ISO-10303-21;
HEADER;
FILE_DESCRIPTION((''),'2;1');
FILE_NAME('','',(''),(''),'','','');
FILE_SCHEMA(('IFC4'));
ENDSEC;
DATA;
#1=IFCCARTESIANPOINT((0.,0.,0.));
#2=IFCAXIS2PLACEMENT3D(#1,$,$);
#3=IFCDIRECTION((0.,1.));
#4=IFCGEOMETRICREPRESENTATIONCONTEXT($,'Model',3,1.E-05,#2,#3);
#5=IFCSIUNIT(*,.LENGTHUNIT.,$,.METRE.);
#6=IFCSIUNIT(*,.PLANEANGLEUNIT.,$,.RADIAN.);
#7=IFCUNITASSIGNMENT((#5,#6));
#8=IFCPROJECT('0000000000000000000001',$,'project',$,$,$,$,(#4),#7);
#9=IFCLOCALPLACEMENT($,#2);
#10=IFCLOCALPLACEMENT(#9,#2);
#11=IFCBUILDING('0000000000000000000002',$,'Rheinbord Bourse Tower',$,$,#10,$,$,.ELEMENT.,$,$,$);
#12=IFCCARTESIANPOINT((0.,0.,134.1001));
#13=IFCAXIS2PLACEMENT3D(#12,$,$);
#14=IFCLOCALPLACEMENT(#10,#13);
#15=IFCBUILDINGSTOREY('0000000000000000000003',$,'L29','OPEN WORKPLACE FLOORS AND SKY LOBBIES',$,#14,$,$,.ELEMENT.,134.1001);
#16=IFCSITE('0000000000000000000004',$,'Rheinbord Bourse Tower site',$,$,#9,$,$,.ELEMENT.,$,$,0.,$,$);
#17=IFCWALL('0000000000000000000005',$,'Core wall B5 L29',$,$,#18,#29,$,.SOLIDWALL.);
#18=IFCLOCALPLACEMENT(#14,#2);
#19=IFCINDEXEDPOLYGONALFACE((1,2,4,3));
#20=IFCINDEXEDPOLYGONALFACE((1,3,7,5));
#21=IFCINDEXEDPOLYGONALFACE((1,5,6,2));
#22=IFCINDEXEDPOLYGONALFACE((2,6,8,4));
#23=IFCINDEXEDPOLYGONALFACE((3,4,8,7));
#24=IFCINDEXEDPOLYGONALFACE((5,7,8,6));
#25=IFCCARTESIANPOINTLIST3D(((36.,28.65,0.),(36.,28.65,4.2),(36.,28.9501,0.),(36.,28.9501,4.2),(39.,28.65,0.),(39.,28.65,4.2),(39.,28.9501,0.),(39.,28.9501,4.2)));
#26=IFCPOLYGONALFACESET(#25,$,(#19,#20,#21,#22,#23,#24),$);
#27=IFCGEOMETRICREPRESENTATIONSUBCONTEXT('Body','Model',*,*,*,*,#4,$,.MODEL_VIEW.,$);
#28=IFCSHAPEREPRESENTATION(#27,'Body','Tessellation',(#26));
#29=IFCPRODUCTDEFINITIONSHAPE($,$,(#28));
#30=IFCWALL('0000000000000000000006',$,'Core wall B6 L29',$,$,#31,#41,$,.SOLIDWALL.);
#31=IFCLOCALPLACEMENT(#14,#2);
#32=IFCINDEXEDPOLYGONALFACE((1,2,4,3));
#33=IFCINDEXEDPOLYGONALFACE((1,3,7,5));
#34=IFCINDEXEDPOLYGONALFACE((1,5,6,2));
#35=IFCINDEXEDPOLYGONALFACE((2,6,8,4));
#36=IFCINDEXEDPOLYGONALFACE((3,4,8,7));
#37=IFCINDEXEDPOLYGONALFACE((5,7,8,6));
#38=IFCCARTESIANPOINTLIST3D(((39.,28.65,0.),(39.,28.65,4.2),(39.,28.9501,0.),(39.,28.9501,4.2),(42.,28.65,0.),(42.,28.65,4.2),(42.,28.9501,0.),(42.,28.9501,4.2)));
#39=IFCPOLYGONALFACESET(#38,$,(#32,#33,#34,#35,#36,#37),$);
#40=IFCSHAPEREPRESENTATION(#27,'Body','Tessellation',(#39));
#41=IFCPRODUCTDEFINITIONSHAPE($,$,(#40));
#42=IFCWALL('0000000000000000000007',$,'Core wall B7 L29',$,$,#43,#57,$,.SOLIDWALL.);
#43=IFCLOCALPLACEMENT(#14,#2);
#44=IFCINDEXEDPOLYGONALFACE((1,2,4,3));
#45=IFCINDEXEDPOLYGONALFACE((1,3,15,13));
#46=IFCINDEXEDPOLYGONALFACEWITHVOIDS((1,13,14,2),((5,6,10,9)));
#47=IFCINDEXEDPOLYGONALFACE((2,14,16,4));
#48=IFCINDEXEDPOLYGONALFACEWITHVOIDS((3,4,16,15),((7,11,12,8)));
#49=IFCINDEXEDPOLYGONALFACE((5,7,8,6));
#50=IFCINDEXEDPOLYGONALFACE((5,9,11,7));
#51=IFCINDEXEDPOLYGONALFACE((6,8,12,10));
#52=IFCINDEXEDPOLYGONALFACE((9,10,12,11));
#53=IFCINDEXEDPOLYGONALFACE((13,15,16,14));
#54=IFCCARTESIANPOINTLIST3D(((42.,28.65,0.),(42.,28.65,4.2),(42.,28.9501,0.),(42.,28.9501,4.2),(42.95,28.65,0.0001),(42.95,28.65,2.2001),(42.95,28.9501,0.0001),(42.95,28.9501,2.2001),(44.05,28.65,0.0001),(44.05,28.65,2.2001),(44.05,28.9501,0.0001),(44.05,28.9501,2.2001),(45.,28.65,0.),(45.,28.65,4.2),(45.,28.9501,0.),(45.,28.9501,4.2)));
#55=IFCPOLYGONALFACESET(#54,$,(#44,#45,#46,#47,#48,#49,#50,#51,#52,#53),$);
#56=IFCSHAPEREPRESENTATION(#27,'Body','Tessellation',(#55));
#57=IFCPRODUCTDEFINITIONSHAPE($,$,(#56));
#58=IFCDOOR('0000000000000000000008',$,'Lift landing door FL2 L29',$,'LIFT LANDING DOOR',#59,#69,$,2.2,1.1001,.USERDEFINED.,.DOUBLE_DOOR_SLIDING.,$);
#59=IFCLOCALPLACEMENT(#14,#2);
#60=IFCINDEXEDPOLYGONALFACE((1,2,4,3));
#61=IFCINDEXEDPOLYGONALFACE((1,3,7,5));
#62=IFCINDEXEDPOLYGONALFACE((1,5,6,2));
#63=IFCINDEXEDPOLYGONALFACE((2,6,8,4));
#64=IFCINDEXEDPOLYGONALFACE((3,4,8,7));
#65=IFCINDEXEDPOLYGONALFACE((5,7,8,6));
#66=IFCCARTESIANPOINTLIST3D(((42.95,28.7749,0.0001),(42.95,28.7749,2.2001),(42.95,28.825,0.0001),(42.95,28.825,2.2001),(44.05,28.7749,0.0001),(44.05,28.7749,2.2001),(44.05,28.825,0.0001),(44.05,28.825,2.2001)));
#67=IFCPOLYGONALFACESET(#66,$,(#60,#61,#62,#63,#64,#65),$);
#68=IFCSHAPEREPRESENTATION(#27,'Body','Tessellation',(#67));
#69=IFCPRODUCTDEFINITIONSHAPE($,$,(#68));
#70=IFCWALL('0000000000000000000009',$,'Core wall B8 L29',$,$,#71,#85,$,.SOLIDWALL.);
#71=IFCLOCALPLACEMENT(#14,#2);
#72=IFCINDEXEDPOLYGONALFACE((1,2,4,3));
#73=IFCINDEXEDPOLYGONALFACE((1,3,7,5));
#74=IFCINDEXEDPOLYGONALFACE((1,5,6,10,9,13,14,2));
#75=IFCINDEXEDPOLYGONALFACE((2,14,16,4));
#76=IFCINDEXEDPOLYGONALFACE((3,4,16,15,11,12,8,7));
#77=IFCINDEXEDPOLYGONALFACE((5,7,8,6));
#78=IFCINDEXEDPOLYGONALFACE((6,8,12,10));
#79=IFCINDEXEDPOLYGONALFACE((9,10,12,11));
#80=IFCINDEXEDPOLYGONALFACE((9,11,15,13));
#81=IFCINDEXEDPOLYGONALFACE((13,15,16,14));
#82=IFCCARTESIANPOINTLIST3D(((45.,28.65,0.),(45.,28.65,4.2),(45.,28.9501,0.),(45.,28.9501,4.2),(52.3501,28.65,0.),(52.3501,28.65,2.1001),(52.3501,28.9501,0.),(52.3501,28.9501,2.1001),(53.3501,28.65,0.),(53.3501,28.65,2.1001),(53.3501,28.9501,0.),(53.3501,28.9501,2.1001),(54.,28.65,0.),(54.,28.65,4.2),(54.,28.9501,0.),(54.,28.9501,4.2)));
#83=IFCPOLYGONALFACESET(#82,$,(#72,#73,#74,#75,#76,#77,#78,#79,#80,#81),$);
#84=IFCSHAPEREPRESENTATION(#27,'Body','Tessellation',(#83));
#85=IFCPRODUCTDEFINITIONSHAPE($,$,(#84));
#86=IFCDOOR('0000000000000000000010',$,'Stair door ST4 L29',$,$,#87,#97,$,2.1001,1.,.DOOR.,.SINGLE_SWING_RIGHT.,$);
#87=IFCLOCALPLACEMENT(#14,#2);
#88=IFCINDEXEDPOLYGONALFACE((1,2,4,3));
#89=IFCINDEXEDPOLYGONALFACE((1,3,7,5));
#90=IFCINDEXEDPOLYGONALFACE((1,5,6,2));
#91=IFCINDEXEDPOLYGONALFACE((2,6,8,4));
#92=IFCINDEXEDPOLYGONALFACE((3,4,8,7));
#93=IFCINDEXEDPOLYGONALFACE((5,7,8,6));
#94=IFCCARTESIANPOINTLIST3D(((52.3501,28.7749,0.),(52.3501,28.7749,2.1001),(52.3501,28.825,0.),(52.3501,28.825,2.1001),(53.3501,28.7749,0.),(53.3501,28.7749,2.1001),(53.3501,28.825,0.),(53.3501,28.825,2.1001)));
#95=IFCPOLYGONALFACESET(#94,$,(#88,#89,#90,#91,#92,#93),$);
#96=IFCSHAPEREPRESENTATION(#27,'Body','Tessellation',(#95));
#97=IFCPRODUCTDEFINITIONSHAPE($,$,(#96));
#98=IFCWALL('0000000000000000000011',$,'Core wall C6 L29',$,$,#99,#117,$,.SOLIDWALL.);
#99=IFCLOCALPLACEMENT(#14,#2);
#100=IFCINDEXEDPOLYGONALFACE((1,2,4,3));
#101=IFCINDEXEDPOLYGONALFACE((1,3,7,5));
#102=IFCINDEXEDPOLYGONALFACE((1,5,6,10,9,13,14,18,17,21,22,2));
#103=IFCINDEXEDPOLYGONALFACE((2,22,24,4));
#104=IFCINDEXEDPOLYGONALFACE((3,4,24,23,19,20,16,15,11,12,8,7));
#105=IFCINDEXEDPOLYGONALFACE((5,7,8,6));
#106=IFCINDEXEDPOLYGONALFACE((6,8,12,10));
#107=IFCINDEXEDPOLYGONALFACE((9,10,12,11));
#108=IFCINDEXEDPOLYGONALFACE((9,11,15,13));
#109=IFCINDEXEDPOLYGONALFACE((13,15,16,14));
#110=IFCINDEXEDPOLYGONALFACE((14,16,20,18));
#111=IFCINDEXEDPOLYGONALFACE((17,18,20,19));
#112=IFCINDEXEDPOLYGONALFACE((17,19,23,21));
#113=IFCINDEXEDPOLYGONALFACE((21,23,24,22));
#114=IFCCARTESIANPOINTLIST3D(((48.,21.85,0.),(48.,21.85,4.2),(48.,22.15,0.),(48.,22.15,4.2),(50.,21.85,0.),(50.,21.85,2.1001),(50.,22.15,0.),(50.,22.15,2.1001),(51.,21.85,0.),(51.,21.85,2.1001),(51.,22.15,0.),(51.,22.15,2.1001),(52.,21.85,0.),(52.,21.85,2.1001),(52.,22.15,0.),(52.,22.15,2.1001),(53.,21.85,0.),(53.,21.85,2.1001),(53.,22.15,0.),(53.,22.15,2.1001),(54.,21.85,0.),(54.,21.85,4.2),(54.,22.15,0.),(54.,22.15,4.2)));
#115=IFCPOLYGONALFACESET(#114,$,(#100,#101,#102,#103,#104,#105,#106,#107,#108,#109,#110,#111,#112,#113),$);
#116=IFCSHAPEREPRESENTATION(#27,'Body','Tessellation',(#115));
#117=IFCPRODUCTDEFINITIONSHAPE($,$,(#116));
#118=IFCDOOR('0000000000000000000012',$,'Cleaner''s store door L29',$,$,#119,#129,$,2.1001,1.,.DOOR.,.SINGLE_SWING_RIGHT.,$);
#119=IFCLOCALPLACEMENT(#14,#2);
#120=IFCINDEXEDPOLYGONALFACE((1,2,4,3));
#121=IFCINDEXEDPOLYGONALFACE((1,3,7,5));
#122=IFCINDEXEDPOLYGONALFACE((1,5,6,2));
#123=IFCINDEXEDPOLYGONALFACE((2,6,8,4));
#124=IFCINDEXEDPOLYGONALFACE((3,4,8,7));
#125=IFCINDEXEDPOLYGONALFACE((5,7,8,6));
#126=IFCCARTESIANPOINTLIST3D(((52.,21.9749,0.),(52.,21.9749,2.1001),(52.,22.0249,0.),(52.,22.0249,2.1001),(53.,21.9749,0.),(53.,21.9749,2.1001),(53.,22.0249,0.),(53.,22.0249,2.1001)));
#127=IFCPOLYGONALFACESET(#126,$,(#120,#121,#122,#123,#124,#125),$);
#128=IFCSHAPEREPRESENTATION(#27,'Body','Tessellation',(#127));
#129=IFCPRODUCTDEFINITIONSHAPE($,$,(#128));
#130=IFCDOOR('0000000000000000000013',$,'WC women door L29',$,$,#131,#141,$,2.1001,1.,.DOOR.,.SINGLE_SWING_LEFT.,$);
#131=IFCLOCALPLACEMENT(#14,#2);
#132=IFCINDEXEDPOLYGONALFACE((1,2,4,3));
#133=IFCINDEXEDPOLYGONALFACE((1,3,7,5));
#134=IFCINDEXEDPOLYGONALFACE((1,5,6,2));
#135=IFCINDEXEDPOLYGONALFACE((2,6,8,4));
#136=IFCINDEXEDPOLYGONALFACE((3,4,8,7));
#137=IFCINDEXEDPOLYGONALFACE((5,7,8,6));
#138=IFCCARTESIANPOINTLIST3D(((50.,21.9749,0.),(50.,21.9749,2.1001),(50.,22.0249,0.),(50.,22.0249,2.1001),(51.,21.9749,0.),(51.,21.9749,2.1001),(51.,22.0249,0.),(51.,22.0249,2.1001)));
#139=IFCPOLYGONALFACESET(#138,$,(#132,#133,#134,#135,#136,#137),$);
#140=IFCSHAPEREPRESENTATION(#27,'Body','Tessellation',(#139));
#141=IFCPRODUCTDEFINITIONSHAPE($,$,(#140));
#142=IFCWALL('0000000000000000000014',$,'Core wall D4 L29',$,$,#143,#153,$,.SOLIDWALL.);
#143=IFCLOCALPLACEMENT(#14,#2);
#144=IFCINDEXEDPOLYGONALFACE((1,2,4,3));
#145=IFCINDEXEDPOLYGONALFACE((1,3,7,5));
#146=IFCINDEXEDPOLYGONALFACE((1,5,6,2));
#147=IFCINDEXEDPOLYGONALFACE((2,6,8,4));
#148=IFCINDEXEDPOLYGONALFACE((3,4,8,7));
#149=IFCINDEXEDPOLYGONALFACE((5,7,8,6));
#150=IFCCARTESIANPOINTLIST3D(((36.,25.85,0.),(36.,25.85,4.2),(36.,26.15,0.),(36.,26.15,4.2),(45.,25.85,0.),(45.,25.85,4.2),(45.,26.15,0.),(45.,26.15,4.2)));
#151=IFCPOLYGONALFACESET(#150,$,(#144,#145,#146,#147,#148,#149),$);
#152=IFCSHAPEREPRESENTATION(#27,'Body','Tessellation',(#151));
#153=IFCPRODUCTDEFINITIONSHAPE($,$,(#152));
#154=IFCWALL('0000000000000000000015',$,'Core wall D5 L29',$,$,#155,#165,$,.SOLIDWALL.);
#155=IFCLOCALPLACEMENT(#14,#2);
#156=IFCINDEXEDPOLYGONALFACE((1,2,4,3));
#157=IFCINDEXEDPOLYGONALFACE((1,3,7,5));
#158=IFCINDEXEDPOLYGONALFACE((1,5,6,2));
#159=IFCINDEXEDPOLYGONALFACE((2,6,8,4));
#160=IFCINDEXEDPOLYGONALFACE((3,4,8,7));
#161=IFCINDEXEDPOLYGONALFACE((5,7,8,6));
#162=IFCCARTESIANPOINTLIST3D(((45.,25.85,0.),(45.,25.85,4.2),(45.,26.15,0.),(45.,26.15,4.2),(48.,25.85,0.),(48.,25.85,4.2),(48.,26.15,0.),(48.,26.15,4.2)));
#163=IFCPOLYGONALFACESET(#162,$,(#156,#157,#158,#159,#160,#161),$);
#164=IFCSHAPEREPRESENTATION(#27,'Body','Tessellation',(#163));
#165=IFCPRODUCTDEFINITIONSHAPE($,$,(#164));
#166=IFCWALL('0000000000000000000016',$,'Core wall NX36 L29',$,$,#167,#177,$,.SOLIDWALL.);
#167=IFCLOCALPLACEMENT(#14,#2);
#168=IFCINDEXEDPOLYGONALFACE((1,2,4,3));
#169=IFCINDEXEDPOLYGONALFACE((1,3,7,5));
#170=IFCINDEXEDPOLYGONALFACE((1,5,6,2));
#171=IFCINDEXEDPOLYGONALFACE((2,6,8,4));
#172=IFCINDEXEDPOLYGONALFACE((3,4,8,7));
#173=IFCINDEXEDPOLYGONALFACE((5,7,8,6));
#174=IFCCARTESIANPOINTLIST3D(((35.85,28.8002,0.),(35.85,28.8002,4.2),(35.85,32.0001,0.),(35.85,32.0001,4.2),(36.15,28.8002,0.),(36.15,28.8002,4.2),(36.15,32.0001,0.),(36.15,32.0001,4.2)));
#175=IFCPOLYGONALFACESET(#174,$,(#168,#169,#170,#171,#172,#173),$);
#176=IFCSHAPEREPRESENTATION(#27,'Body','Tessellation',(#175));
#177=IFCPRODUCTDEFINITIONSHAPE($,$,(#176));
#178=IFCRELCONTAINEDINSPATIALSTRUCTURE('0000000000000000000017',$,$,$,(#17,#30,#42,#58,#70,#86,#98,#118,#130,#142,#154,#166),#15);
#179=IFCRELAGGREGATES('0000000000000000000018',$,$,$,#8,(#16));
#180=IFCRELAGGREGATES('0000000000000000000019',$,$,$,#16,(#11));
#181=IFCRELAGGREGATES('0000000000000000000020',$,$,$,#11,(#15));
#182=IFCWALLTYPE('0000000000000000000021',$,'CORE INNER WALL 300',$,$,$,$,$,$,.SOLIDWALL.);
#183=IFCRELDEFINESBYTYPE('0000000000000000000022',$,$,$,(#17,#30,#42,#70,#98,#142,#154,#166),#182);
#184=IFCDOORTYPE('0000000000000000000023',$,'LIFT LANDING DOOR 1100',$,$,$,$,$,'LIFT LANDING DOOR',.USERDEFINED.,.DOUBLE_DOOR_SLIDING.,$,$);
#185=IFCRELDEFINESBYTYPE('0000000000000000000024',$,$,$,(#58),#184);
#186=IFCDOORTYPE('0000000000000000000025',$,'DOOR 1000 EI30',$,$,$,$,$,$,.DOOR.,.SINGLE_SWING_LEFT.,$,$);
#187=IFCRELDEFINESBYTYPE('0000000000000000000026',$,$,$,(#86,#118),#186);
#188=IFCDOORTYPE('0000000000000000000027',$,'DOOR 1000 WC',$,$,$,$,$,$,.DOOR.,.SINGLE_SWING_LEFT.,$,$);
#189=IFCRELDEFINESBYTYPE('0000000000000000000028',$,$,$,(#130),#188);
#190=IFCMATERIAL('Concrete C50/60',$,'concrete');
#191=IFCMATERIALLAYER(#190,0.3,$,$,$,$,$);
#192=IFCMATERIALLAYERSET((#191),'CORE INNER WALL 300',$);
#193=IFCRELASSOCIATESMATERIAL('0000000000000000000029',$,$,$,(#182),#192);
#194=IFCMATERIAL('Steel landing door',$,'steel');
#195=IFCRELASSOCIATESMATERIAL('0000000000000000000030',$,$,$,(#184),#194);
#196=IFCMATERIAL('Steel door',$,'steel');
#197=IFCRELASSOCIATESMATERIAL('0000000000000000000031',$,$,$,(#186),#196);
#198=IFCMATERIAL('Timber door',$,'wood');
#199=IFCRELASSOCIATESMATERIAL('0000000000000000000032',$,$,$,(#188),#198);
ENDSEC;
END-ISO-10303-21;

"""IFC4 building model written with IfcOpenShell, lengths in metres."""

from ifc_helpers import new_model, si_unit, direction, frame, frame_2d, origin, place, context, subcontext, project, spatial, rectangle, extrude, material, layer, layer_set, type_object, element, fill, save


model = new_model("IFC4")

# Units and contexts
model_context = context("Model", 3, precision=1e-05, world=origin(), true_north=direction((0.0, 1.0)))
body_context = subcontext(model_context, "Body", "Model", "MODEL_VIEW")
ifc_project = project(units=[si_unit("LENGTHUNIT", "METRE"), si_unit("PLANEANGLEUNIT", "RADIAN")], contexts=[model_context])

# Site, building, storey
site_placement = place(None, origin())
site = spatial("IfcSite", under=ifc_project, at=site_placement, Name="Rheinbord Bourse Tower site", CompositionType="ELEMENT", RefElevation=0.0)
building_placement = place(site_placement, origin())
building = spatial("IfcBuilding", under=site, at=building_placement, Name="Rheinbord Bourse Tower", CompositionType="ELEMENT")
storey_placement = place(building_placement, frame((0.0, 0.0, 134.1001)))
storey = spatial("IfcBuildingStorey", under=building, at=storey_placement, Name="L29", Description="OPEN WORKPLACE FLOORS AND SKY LOBBIES", CompositionType="ELEMENT", Elevation=134.1001)

# Walls
ifc_material_1 = material(Name="Concrete C50/60", Category="concrete")
ifc_layer_1 = layer(ifc_material_1, 0.3)
ifc_layer_set_1 = layer_set([ifc_layer_1], Name="CORE INNER WALL 300")
wall_type_1 = type_object("IfcWallType", Name="CORE INNER WALL 300", PredefinedType="SOLIDWALL", material=ifc_layer_set_1)
for number, where, z_axis, x_axis, name in (
    (1, (36.0, 28.8, 0.0), (0.0, 0.0, 1.0), (1.0, 0.0, 0.0), "Core wall B5 L29"),
    (2, (39.0, 28.8, 0.0), (0.0, 0.0, 1.0), (1.0, 0.0, 0.0), "Core wall B6 L29"),
):
    element("IfcWall", number, at=place(storey_placement, frame(where, z_axis=z_axis, x_axis=x_axis)), inside=storey, type_object=wall_type_1, Name=name, PredefinedType="SOLIDWALL", context=body_context, shape_type="SweptSolid", body=[
        extrude(rectangle(XDim=3.0, YDim=0.3, at=frame_2d((1.5, 0.0))), origin(), (0.0, 0.0, 1.0), 4.2),
    ])

# Walls, openings, doors
wall_1_placement = place(storey_placement, frame((42.0, 28.8, 0.0), z_axis=(0.0, 0.0, 1.0), x_axis=(1.0, 0.0, 0.0)))
wall_1 = element("IfcWall", 3, at=wall_1_placement, inside=storey, type_object=wall_type_1, Name="Core wall B7 L29", PredefinedType="SOLIDWALL", context=body_context, shape_type="SweptSolid", body=[
    extrude(rectangle(XDim=3.0, YDim=0.3, at=frame_2d((1.5, 0.0))), origin(), (0.0, 0.0, 1.0), 4.2),
])
opening_1_placement = place(wall_1_placement, frame((0.95, 0.0, 0.0)))
opening_1 = element("IfcOpeningElement", 4, at=opening_1_placement, cuts=wall_1, PredefinedType="OPENING", context=body_context, shape_type="SweptSolid", body=[
    extrude(rectangle(XDim=1.1001, YDim=2.2, at=frame_2d((0.55, 1.1001))), frame((0.0, 0.1599, 0.0), z_axis=(0.0, -1.0, 0.0), x_axis=(1.0, 0.0, 0.0)), (0.0, 0.0, 1.0), 0.3201),
])
ifc_material_2 = material(Name="Steel landing door", Category="steel")
door_type_1 = type_object("IfcDoorType", Name="LIFT LANDING DOOR 1100", ElementType="LIFT LANDING DOOR", OperationType="DOUBLE_DOOR_SLIDING", PredefinedType="USERDEFINED", material=ifc_material_2)
door_1_placement = place(opening_1_placement, origin())
door_1 = element("IfcDoor", 5, at=door_1_placement, inside=storey, type_object=door_type_1, Name="Lift landing door FL2 L29", ObjectType="LIFT LANDING DOOR", OperationType="DOUBLE_DOOR_SLIDING", OverallHeight=2.2, OverallWidth=1.1001, PredefinedType="USERDEFINED", context=body_context, shape_type="SweptSolid", body=[
    extrude(rectangle(XDim=1.1001, YDim=2.2, at=frame_2d((0.55, 1.1001))), frame((0.0, 0.0249, 0.0), z_axis=(0.0, -1.0, 0.0), x_axis=(1.0, 0.0, 0.0)), (0.0, 0.0, 1.0), 0.05),
])
fill(opening_1, door_1)
wall_2_placement = place(storey_placement, frame((45.0, 28.8, 0.0), z_axis=(0.0, 0.0, 1.0), x_axis=(1.0, 0.0, 0.0)))
wall_2 = element("IfcWall", 6, at=wall_2_placement, inside=storey, type_object=wall_type_1, Name="Core wall B8 L29", PredefinedType="SOLIDWALL", context=body_context, shape_type="SweptSolid", body=[
    extrude(rectangle(XDim=9.0, YDim=0.3, at=frame_2d((4.5, 0.0))), origin(), (0.0, 0.0, 1.0), 4.2),
])
opening_2_placement = place(wall_2_placement, frame((7.3501, 0.0, 0.0)))
opening_2 = element("IfcOpeningElement", 7, at=opening_2_placement, cuts=wall_2, PredefinedType="OPENING", context=body_context, shape_type="SweptSolid", body=[
    extrude(rectangle(XDim=1.0, YDim=2.1001, at=frame_2d((0.5, 1.05))), frame((0.0, 0.1599, 0.0), z_axis=(0.0, -1.0, 0.0), x_axis=(1.0, 0.0, 0.0)), (0.0, 0.0, 1.0), 0.3201),
])
ifc_material_3 = material(Name="Steel door", Category="steel")
door_type_2 = type_object("IfcDoorType", Name="DOOR 1000 EI30", OperationType="SINGLE_SWING_LEFT", PredefinedType="DOOR", material=ifc_material_3)
door_2_placement = place(opening_2_placement, origin())
door_2 = element("IfcDoor", 8, at=door_2_placement, inside=storey, type_object=door_type_2, Name="Stair door ST4 L29", OperationType="SINGLE_SWING_RIGHT", OverallHeight=2.1001, OverallWidth=1.0, PredefinedType="DOOR", context=body_context, shape_type="SweptSolid", body=[
    extrude(rectangle(XDim=1.0, YDim=2.1001, at=frame_2d((0.5, 1.05))), frame((0.0, 0.0249, 0.0), z_axis=(0.0, -1.0, 0.0), x_axis=(1.0, 0.0, 0.0)), (0.0, 0.0, 1.0), 0.05),
])
fill(opening_2, door_2)

# Wall, openings, doors
wall_3_placement = place(storey_placement, frame((48.0, 22.0, 0.0), z_axis=(0.0, 0.0, 1.0), x_axis=(1.0, 0.0, 0.0)))
wall_3 = element("IfcWall", 9, at=wall_3_placement, inside=storey, type_object=wall_type_1, Name="Core wall C6 L29", PredefinedType="SOLIDWALL", context=body_context, shape_type="SweptSolid", body=[
    extrude(rectangle(XDim=6.0, YDim=0.3, at=frame_2d((3.0, 0.0))), origin(), (0.0, 0.0, 1.0), 4.2),
])
opening_3_placement = place(wall_3_placement, frame((2.0, 0.0, 0.0)))
opening_3 = element("IfcOpeningElement", 10, at=opening_3_placement, cuts=wall_3, PredefinedType="OPENING", context=body_context, shape_type="SweptSolid", body=[
    extrude(rectangle(XDim=1.0, YDim=2.1001, at=frame_2d((0.5, 1.05))), frame((0.0, 0.1599, 0.0), z_axis=(0.0, -1.0, 0.0), x_axis=(1.0, 0.0, 0.0)), (0.0, 0.0, 1.0), 0.3201),
])
opening_4_placement = place(wall_3_placement, frame((4.0, 0.0, 0.0)))
opening_4 = element("IfcOpeningElement", 11, at=opening_4_placement, cuts=wall_3, PredefinedType="OPENING", context=body_context, shape_type="SweptSolid", body=[
    extrude(rectangle(XDim=1.0, YDim=2.1001, at=frame_2d((0.5, 1.05))), frame((0.0, 0.1599, 0.0), z_axis=(0.0, -1.0, 0.0), x_axis=(1.0, 0.0, 0.0)), (0.0, 0.0, 1.0), 0.3201),
])
door_3_placement = place(opening_4_placement, origin())
door_3 = element("IfcDoor", 12, at=door_3_placement, inside=storey, type_object=door_type_2, Name="Cleaner's store door L29", OperationType="SINGLE_SWING_RIGHT", OverallHeight=2.1001, OverallWidth=1.0, PredefinedType="DOOR", context=body_context, shape_type="SweptSolid", body=[
    extrude(rectangle(XDim=1.0, YDim=2.1001, at=frame_2d((0.5, 1.05))), frame((0.0, 0.0249, 0.0), z_axis=(0.0, -1.0, 0.0), x_axis=(1.0, 0.0, 0.0)), (0.0, 0.0, 1.0), 0.05),
])
fill(opening_4, door_3)
ifc_material_4 = material(Name="Timber door", Category="wood")
door_type_3 = type_object("IfcDoorType", Name="DOOR 1000 WC", OperationType="SINGLE_SWING_LEFT", PredefinedType="DOOR", material=ifc_material_4)
door_4_placement = place(opening_3_placement, origin())
door_4 = element("IfcDoor", 13, at=door_4_placement, inside=storey, type_object=door_type_3, Name="WC women door L29", OperationType="SINGLE_SWING_LEFT", OverallHeight=2.1001, OverallWidth=1.0, PredefinedType="DOOR", context=body_context, shape_type="SweptSolid", body=[
    extrude(rectangle(XDim=1.0, YDim=2.1001, at=frame_2d((0.5, 1.05))), frame((0.0, 0.0249, 0.0), z_axis=(0.0, -1.0, 0.0), x_axis=(1.0, 0.0, 0.0)), (0.0, 0.0, 1.0), 0.05),
])
fill(opening_3, door_4)

# Walls
wall_4_placement = place(storey_placement, frame((36.0, 26.0, 0.0), z_axis=(0.0, 0.0, 1.0), x_axis=(1.0, 0.0, 0.0)))
element("IfcWall", 14, at=wall_4_placement, inside=storey, type_object=wall_type_1, Name="Core wall D4 L29", PredefinedType="SOLIDWALL", context=body_context, shape_type="SweptSolid", body=[
    extrude(rectangle(XDim=9.0, YDim=0.3, at=frame_2d((4.5, 0.0))), origin(), (0.0, 0.0, 1.0), 4.2),
])
wall_5_placement = place(storey_placement, frame((45.0, 26.0, 0.0), z_axis=(0.0, 0.0, 1.0), x_axis=(1.0, 0.0, 0.0)))
element("IfcWall", 15, at=wall_5_placement, inside=storey, type_object=wall_type_1, Name="Core wall D5 L29", PredefinedType="SOLIDWALL", context=body_context, shape_type="SweptSolid", body=[
    extrude(rectangle(XDim=3.0, YDim=0.3, at=frame_2d((1.5, 0.0))), origin(), (0.0, 0.0, 1.0), 4.2),
])
for number, where, z_axis, x_axis, name in (
    (16, (36.0, 28.8, 0.0), (0.0, 0.0, 1.0), (0.0, 1.0, 0.0), "Core wall NX36 L29"),
):
    element("IfcWall", number, at=place(storey_placement, frame(where, z_axis=z_axis, x_axis=x_axis)), inside=storey, type_object=wall_type_1, Name=name, PredefinedType="SOLIDWALL", context=body_context, shape_type="SweptSolid", body=[
        extrude(rectangle(XDim=3.2, YDim=0.3, at=frame_2d((1.6001, 0.0))), origin(), (0.0, 0.0, 1.0), 4.2),
    ])

save(model, "model.ifc")
